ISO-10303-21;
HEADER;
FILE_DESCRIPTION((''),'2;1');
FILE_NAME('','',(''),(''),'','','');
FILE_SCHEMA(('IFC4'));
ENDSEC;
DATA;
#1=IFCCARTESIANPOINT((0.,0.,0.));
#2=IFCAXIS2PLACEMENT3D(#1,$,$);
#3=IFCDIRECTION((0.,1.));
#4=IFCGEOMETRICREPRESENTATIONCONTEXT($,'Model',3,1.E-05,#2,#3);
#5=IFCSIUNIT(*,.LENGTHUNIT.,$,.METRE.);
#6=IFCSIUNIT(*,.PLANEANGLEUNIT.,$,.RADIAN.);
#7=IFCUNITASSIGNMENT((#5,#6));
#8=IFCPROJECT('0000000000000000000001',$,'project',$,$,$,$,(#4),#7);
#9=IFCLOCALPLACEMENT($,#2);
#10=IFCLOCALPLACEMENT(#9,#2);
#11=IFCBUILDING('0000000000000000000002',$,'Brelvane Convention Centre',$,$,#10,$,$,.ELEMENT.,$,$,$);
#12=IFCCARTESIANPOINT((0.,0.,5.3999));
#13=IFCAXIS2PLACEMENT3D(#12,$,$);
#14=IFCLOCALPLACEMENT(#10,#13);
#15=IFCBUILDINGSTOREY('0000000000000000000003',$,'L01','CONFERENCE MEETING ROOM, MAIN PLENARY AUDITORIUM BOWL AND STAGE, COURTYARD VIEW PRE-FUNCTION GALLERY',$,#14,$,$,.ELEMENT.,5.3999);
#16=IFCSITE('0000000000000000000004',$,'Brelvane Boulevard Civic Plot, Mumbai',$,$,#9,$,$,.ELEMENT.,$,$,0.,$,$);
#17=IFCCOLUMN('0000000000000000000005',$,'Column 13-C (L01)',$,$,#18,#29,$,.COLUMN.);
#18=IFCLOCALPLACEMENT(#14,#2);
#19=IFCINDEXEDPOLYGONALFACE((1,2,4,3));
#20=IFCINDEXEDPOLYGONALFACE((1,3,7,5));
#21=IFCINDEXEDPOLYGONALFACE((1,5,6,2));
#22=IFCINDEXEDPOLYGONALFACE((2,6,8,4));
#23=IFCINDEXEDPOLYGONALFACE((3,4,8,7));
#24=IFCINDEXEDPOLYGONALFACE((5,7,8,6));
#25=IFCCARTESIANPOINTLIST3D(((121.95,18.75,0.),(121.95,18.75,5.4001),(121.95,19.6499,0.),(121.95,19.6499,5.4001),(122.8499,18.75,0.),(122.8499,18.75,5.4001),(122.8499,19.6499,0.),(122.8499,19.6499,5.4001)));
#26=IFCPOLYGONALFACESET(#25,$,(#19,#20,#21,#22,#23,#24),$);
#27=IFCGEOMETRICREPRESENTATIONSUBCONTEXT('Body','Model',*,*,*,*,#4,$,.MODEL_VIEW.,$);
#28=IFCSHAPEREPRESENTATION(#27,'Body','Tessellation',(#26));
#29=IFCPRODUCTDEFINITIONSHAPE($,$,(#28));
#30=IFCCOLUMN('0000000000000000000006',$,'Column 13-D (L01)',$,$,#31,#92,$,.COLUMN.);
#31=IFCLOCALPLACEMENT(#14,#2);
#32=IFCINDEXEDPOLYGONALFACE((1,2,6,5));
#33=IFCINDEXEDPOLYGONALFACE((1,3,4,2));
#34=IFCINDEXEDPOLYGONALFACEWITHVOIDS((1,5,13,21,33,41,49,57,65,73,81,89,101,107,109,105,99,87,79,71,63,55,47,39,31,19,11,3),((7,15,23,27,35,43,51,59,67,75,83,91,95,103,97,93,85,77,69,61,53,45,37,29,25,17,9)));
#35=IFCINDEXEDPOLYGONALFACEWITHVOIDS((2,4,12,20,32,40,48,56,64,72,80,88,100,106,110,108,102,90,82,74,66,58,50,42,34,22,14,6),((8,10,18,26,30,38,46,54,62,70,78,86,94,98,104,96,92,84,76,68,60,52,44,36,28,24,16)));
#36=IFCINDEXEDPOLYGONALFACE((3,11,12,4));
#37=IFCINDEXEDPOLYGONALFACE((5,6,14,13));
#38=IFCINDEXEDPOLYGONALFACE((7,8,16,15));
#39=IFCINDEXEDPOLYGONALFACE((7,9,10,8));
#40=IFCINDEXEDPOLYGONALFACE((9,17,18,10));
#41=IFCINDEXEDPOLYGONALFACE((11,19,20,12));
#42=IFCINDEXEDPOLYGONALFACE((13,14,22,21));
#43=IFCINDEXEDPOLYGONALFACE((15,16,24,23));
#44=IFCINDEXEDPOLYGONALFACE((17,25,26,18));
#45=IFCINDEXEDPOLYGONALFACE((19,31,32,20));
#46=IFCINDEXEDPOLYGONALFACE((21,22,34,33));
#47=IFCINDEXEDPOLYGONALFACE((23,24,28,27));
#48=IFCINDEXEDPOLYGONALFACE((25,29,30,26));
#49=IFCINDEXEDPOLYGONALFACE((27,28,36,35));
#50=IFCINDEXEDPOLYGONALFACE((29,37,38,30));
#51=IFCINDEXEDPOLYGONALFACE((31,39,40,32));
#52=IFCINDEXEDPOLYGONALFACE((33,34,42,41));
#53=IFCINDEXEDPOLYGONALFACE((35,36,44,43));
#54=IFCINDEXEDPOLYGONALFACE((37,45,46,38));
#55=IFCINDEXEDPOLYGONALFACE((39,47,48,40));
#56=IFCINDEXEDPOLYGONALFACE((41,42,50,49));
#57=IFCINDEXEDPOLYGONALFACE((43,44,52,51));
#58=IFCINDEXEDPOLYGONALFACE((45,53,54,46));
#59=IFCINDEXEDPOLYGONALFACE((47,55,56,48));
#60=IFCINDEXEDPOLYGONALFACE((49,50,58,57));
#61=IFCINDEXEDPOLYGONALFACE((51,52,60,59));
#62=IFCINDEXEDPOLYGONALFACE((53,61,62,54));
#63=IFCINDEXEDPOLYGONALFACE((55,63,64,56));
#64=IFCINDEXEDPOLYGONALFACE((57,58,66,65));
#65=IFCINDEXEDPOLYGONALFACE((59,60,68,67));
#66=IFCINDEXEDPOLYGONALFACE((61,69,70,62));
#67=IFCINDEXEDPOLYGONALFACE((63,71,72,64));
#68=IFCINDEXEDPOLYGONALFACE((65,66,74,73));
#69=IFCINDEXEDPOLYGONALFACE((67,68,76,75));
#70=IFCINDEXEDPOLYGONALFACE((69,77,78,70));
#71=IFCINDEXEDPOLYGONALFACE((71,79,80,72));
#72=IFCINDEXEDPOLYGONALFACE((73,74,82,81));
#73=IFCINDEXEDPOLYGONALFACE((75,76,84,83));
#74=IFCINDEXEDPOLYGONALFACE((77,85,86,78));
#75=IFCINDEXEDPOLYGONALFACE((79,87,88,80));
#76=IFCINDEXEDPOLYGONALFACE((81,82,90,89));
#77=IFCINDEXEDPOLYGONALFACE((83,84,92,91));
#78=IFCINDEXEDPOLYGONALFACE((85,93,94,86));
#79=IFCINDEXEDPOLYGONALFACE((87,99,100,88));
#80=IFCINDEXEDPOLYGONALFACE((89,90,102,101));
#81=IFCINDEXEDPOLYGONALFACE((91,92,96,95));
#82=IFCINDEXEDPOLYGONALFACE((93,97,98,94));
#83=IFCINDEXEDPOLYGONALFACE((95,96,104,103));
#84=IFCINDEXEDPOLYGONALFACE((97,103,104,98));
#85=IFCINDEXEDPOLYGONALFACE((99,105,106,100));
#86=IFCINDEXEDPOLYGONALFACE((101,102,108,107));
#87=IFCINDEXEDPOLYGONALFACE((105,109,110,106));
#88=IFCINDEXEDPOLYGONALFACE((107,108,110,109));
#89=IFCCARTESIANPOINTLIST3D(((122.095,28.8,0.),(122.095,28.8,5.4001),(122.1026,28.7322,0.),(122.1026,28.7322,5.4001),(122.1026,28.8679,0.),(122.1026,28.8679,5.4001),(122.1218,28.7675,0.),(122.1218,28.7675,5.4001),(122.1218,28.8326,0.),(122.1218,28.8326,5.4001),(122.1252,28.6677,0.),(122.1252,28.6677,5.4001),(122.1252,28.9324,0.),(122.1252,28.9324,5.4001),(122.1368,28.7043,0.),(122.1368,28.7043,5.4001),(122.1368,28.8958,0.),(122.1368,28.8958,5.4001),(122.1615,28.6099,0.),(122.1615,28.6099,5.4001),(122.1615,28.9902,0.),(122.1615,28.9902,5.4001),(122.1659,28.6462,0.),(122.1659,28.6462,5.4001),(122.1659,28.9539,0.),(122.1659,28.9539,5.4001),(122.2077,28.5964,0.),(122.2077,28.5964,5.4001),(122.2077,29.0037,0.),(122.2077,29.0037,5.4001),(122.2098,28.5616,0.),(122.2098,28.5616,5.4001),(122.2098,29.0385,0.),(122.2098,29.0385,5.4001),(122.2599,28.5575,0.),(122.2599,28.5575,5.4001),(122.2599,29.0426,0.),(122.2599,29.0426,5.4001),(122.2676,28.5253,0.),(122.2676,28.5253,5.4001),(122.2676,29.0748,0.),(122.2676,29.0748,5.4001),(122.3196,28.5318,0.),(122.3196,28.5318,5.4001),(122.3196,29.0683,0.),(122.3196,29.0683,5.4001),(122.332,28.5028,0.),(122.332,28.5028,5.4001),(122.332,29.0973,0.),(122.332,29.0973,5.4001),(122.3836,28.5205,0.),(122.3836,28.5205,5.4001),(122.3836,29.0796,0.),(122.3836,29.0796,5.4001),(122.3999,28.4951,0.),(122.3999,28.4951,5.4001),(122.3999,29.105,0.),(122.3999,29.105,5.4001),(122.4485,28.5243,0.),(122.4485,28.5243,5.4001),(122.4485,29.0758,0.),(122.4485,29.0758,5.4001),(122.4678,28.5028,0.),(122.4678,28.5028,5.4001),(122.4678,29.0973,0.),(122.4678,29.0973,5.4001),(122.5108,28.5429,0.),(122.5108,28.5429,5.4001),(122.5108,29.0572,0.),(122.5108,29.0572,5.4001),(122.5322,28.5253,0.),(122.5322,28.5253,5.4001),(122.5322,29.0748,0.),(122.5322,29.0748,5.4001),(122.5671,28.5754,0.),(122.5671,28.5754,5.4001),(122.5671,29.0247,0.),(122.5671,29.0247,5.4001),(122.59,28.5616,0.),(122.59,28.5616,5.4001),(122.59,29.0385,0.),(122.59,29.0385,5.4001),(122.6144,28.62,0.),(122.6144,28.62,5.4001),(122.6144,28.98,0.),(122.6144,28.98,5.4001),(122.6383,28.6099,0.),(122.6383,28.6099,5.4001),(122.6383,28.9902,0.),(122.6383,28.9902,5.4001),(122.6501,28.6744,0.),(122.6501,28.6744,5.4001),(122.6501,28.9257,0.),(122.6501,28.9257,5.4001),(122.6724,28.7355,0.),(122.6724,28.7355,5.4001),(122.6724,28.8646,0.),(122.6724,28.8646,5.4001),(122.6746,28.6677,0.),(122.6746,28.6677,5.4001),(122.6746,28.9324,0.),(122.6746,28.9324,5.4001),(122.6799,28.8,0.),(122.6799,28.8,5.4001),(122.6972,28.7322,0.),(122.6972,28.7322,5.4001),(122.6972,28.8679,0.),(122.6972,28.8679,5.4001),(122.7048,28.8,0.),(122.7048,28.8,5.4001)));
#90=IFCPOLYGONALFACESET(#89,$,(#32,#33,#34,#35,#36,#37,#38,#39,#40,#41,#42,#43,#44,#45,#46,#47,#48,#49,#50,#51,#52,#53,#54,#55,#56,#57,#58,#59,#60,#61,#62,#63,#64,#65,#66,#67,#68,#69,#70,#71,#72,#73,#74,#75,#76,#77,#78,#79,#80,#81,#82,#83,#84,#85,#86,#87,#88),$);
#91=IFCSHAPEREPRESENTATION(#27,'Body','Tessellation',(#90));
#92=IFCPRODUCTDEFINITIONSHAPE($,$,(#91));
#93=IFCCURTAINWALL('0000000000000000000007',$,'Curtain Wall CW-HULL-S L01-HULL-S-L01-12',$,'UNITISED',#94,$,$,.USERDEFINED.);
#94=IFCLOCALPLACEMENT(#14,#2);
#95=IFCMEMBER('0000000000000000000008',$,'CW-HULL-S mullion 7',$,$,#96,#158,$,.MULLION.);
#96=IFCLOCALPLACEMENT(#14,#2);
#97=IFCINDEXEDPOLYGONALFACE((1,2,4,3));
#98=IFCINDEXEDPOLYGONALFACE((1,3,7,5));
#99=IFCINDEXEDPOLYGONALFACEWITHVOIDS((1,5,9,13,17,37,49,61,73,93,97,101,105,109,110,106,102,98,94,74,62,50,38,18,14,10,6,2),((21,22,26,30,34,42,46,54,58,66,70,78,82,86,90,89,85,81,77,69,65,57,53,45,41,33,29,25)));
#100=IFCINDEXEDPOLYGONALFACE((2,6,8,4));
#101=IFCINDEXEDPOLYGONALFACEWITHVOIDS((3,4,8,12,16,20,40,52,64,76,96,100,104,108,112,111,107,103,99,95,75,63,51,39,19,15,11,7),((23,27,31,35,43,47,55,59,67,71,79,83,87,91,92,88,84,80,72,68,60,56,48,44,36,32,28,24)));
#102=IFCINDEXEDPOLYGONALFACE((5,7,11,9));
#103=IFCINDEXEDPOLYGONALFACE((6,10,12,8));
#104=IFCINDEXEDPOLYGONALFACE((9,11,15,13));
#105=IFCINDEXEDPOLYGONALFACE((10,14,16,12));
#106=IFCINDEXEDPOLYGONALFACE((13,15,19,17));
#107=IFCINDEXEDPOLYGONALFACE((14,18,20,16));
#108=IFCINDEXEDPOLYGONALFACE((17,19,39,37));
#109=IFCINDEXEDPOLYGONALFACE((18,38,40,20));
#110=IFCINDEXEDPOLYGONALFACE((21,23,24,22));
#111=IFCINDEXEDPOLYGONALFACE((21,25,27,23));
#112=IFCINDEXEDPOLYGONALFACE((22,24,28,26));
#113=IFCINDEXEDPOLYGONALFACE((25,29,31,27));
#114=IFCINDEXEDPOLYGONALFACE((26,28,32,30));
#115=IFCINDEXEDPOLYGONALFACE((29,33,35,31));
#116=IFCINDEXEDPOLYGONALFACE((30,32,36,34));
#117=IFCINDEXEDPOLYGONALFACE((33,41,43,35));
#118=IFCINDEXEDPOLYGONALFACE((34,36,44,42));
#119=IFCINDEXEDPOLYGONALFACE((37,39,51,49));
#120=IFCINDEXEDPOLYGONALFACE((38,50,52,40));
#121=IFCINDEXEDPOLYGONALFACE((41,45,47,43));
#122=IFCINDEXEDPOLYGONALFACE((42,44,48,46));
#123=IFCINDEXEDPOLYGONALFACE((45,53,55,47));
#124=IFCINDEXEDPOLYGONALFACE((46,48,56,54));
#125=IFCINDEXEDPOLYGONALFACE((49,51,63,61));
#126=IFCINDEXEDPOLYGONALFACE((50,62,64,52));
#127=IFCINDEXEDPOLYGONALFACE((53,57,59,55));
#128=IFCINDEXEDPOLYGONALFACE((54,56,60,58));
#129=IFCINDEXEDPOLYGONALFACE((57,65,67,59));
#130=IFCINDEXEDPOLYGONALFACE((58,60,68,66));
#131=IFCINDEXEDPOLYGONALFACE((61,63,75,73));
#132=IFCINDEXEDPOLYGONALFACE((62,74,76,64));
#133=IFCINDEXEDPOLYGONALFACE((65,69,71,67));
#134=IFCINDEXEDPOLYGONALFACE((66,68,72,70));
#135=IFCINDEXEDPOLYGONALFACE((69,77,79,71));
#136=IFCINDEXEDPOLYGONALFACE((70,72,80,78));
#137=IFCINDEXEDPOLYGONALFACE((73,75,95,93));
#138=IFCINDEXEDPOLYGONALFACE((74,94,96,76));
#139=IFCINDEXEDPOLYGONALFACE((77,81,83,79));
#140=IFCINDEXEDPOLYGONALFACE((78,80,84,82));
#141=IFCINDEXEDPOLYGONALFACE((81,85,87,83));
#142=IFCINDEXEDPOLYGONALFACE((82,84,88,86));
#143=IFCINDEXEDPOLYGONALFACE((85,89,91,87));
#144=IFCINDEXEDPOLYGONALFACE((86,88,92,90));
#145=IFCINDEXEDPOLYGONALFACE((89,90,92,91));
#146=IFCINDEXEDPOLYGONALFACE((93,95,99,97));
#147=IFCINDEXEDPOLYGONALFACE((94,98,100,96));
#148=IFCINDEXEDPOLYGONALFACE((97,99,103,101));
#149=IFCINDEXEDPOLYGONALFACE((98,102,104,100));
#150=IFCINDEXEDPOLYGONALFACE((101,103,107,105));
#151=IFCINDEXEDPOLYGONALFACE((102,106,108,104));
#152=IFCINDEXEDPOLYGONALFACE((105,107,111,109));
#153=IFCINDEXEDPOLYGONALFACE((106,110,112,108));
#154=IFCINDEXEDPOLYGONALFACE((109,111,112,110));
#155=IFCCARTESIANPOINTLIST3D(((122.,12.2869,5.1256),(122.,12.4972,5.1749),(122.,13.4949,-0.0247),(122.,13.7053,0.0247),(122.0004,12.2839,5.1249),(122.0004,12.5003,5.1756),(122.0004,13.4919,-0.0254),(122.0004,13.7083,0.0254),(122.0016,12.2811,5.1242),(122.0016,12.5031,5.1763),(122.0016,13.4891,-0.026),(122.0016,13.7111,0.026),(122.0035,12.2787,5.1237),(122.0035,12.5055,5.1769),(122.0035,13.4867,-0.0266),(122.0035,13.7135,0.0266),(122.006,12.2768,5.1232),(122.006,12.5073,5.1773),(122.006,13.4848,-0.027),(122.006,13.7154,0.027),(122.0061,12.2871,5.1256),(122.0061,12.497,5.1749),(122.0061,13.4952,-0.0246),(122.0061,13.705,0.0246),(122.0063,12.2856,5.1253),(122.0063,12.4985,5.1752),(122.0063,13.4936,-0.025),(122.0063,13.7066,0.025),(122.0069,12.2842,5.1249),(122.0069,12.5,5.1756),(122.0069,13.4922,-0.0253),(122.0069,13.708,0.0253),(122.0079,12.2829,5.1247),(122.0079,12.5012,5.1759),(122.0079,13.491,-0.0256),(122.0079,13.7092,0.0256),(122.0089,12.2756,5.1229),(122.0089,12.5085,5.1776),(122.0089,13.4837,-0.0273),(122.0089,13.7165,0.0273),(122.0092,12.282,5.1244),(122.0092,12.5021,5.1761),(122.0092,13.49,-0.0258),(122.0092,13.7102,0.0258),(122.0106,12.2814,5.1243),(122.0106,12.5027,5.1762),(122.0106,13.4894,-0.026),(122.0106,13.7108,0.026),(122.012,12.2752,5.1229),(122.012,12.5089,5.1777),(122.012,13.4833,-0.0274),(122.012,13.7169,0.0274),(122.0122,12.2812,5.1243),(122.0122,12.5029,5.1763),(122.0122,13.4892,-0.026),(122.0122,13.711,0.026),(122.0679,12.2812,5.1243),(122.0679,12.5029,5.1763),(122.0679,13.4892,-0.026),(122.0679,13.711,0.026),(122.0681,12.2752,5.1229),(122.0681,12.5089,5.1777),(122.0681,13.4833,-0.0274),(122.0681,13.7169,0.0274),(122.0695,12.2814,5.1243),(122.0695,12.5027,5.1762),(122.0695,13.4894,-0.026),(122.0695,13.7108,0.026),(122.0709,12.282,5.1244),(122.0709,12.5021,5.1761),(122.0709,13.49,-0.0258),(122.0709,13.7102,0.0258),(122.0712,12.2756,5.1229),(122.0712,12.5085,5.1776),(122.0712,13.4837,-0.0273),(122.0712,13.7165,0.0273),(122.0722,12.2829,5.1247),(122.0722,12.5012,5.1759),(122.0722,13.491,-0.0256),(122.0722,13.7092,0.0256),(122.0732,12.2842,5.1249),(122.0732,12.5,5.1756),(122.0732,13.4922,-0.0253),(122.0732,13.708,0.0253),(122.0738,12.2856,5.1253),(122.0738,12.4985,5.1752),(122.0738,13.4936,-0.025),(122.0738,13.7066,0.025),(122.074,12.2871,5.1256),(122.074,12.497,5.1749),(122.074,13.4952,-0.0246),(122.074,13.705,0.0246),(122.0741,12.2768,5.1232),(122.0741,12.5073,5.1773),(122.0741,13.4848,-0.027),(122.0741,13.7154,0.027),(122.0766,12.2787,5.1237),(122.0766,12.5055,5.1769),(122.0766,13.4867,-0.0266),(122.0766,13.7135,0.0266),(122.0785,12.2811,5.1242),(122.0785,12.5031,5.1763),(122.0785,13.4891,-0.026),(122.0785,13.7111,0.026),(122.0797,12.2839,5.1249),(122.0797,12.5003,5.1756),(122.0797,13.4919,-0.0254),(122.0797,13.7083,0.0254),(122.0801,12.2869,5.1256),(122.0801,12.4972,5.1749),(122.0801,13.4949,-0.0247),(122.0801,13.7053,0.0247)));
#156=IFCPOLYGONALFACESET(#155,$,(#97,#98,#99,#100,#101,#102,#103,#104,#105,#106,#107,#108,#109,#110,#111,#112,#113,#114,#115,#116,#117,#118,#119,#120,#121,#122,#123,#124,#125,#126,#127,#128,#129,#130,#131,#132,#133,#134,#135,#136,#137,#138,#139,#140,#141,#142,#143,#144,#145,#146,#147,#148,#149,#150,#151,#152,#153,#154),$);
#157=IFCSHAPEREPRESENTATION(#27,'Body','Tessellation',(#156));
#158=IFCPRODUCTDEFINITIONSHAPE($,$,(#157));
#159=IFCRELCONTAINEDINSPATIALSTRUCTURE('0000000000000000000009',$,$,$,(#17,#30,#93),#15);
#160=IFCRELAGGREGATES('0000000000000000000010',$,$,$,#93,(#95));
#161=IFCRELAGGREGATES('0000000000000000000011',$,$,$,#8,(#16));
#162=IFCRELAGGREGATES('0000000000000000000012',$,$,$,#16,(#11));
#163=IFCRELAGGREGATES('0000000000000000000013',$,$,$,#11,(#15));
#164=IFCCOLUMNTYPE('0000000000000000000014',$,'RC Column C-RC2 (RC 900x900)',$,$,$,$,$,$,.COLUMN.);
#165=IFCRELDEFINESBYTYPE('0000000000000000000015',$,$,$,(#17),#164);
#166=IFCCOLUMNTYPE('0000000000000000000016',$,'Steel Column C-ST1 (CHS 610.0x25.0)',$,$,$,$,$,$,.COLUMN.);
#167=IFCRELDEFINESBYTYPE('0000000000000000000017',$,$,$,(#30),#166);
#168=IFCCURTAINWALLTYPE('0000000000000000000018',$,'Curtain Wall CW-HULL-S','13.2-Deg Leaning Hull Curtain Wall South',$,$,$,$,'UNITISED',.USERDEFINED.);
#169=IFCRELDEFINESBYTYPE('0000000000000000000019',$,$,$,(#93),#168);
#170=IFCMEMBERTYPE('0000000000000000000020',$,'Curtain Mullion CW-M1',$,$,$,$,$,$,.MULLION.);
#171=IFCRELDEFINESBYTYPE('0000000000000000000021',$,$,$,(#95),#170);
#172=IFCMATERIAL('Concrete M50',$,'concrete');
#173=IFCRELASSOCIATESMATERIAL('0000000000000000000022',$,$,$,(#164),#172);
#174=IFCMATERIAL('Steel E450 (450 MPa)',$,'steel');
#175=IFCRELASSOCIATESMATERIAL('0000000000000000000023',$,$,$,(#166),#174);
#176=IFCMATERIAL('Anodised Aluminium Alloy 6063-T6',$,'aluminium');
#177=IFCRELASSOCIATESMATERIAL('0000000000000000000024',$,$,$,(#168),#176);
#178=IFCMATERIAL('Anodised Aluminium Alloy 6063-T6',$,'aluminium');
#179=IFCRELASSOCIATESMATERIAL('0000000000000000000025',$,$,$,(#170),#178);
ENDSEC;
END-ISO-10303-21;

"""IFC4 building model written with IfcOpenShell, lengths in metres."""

from ifc_helpers import new_model, si_unit, direction, frame, origin, origin_2d, place, context, subcontext, project, spatial, rectangle, hollow_rectangle, hollow_circle, extrude, material, material_profile, profile_set, type_object, element, aggregate, save


model = new_model("IFC4")

# Units and contexts
model_context = context("Model", 3, precision=1e-05, world=origin(), true_north=direction((0.0, 1.0)))
body_context = subcontext(model_context, "Body", "Model", "MODEL_VIEW")
ifc_project = project(units=[si_unit("LENGTHUNIT", "METRE"), si_unit("PLANEANGLEUNIT", "RADIAN")], contexts=[model_context])

# Site, building, storey
site_placement = place(None, origin())
site = spatial("IfcSite", under=ifc_project, at=site_placement, Name="Brelvane Boulevard Civic Plot, Mumbai", CompositionType="ELEMENT", RefElevation=0.0)
building_placement = place(site_placement, origin())
building = spatial("IfcBuilding", under=site, at=building_placement, Name="Brelvane Convention Centre", CompositionType="ELEMENT")
storey_placement = place(building_placement, frame((0.0, 0.0, 5.3999)))
storey = spatial("IfcBuildingStorey", under=building, at=storey_placement, Name="L01", Description="CONFERENCE MEETING ROOM, MAIN PLENARY AUDITORIUM BOWL AND STAGE, COURTYARD VIEW PRE-FUNCTION GALLERY", CompositionType="ELEMENT", Elevation=5.3999)

# Columns
ifc_material_1 = material(Name="Concrete M50", Category="concrete")
ifc_material_profile_1 = material_profile(ifc_material_1, rectangle(XDim=0.8999, YDim=0.8999, at=origin_2d()), Name="RC 900x900")
ifc_profile_set_1 = profile_set([ifc_material_profile_1], Name="Concrete M50")
column_type_1 = type_object("IfcColumnType", Name="RC Column C-RC2 (RC 900x900)", PredefinedType="COLUMN", material=ifc_profile_set_1)
column_1_placement = place(storey_placement, frame((122.3999, 19.2, 0.0), z_axis=(0.0, 0.0, 1.0), x_axis=(1.0, 0.0, 0.0)))
element("IfcColumn", 1, at=column_1_placement, inside=storey, type_object=column_type_1, Name="Column 13-C (L01)", PredefinedType="COLUMN", context=body_context, shape_type="SweptSolid", body=[
    extrude(rectangle(XDim=0.8999, YDim=0.8999, at=origin_2d()), origin(), (0.0, 0.0, 1.0), 5.4001),
])
ifc_material_2 = material(Name="Steel E450 (450 MPa)", Category="steel")
ifc_material_profile_2 = material_profile(ifc_material_2, hollow_circle(Radius=0.3049, WallThickness=0.0249, at=origin_2d()), Name="CHS 610.0x25.0")
ifc_profile_set_2 = profile_set([ifc_material_profile_2], Name="Steel E450 (450 MPa)")
column_type_2 = type_object("IfcColumnType", Name="Steel Column C-ST1 (CHS 610.0x25.0)", PredefinedType="COLUMN", material=ifc_profile_set_2)
column_2_placement = place(storey_placement, frame((122.3999, 28.8, 0.0), z_axis=(0.0, 0.0, 1.0), x_axis=(1.0, 0.0, 0.0)))
element("IfcColumn", 2, at=column_2_placement, inside=storey, type_object=column_type_2, Name="Column 13-D (L01)", PredefinedType="COLUMN", context=body_context, shape_type="SweptSolid", body=[
    extrude(hollow_circle(Radius=0.3049, WallThickness=0.0249, at=origin_2d()), origin(), (0.0, 0.0, 1.0), 5.4001),
])

# Curtain wall, member
ifc_material_3 = material(Name="Anodised Aluminium Alloy 6063-T6", Category="aluminium")
curtain_wall_type = type_object("IfcCurtainWallType", Name="Curtain Wall CW-HULL-S", Description="13.2-Deg Leaning Hull Curtain Wall South", ElementType="UNITISED", PredefinedType="USERDEFINED", material=ifc_material_3)
curtain_wall_1_placement = place(storey_placement, origin())
curtain_wall_1 = element("IfcCurtainWall", 3, at=curtain_wall_1_placement, inside=storey, type_object=curtain_wall_type, Name="Curtain Wall CW-HULL-S L01-HULL-S-L01-12", ObjectType="UNITISED", PredefinedType="USERDEFINED")
ifc_material_4 = material(Name="Anodised Aluminium Alloy 6063-T6", Category="aluminium")
ifc_material_profile_3 = material_profile(ifc_material_4, hollow_rectangle(XDim=0.0801, YDim=0.24, WallThickness=0.0061, InnerFilletRadius=0.0061, OuterFilletRadius=0.012, at=origin_2d()), Name="ALU-M 240x80x6.0")
ifc_profile_set_3 = profile_set([ifc_material_profile_3], Name="Anodised Aluminium Alloy 6063-T6")
member_type_1 = type_object("IfcMemberType", Name="Curtain Mullion CW-M1", PredefinedType="MULLION", material=ifc_profile_set_3)
member_1_placement = place(storey_placement, frame((122.04, 13.6001, 0.0), z_axis=(0.0, -0.22836, 0.973577), x_axis=(1.0, 0.0, 0.0)))
member_1 = element("IfcMember", 4, at=member_1_placement, type_object=member_type_1, Name="CW-HULL-S mullion 7", PredefinedType="MULLION", context=body_context, shape_type="SweptSolid", body=[
    extrude(hollow_rectangle(XDim=0.0801, YDim=0.24, WallThickness=0.0061, InnerFilletRadius=0.0061, OuterFilletRadius=0.012, at=origin_2d()), origin(), (0.0, 0.0, 1.0), 5.29),
])

aggregate(curtain_wall_1, [member_1])

save(model, "model.ifc")
